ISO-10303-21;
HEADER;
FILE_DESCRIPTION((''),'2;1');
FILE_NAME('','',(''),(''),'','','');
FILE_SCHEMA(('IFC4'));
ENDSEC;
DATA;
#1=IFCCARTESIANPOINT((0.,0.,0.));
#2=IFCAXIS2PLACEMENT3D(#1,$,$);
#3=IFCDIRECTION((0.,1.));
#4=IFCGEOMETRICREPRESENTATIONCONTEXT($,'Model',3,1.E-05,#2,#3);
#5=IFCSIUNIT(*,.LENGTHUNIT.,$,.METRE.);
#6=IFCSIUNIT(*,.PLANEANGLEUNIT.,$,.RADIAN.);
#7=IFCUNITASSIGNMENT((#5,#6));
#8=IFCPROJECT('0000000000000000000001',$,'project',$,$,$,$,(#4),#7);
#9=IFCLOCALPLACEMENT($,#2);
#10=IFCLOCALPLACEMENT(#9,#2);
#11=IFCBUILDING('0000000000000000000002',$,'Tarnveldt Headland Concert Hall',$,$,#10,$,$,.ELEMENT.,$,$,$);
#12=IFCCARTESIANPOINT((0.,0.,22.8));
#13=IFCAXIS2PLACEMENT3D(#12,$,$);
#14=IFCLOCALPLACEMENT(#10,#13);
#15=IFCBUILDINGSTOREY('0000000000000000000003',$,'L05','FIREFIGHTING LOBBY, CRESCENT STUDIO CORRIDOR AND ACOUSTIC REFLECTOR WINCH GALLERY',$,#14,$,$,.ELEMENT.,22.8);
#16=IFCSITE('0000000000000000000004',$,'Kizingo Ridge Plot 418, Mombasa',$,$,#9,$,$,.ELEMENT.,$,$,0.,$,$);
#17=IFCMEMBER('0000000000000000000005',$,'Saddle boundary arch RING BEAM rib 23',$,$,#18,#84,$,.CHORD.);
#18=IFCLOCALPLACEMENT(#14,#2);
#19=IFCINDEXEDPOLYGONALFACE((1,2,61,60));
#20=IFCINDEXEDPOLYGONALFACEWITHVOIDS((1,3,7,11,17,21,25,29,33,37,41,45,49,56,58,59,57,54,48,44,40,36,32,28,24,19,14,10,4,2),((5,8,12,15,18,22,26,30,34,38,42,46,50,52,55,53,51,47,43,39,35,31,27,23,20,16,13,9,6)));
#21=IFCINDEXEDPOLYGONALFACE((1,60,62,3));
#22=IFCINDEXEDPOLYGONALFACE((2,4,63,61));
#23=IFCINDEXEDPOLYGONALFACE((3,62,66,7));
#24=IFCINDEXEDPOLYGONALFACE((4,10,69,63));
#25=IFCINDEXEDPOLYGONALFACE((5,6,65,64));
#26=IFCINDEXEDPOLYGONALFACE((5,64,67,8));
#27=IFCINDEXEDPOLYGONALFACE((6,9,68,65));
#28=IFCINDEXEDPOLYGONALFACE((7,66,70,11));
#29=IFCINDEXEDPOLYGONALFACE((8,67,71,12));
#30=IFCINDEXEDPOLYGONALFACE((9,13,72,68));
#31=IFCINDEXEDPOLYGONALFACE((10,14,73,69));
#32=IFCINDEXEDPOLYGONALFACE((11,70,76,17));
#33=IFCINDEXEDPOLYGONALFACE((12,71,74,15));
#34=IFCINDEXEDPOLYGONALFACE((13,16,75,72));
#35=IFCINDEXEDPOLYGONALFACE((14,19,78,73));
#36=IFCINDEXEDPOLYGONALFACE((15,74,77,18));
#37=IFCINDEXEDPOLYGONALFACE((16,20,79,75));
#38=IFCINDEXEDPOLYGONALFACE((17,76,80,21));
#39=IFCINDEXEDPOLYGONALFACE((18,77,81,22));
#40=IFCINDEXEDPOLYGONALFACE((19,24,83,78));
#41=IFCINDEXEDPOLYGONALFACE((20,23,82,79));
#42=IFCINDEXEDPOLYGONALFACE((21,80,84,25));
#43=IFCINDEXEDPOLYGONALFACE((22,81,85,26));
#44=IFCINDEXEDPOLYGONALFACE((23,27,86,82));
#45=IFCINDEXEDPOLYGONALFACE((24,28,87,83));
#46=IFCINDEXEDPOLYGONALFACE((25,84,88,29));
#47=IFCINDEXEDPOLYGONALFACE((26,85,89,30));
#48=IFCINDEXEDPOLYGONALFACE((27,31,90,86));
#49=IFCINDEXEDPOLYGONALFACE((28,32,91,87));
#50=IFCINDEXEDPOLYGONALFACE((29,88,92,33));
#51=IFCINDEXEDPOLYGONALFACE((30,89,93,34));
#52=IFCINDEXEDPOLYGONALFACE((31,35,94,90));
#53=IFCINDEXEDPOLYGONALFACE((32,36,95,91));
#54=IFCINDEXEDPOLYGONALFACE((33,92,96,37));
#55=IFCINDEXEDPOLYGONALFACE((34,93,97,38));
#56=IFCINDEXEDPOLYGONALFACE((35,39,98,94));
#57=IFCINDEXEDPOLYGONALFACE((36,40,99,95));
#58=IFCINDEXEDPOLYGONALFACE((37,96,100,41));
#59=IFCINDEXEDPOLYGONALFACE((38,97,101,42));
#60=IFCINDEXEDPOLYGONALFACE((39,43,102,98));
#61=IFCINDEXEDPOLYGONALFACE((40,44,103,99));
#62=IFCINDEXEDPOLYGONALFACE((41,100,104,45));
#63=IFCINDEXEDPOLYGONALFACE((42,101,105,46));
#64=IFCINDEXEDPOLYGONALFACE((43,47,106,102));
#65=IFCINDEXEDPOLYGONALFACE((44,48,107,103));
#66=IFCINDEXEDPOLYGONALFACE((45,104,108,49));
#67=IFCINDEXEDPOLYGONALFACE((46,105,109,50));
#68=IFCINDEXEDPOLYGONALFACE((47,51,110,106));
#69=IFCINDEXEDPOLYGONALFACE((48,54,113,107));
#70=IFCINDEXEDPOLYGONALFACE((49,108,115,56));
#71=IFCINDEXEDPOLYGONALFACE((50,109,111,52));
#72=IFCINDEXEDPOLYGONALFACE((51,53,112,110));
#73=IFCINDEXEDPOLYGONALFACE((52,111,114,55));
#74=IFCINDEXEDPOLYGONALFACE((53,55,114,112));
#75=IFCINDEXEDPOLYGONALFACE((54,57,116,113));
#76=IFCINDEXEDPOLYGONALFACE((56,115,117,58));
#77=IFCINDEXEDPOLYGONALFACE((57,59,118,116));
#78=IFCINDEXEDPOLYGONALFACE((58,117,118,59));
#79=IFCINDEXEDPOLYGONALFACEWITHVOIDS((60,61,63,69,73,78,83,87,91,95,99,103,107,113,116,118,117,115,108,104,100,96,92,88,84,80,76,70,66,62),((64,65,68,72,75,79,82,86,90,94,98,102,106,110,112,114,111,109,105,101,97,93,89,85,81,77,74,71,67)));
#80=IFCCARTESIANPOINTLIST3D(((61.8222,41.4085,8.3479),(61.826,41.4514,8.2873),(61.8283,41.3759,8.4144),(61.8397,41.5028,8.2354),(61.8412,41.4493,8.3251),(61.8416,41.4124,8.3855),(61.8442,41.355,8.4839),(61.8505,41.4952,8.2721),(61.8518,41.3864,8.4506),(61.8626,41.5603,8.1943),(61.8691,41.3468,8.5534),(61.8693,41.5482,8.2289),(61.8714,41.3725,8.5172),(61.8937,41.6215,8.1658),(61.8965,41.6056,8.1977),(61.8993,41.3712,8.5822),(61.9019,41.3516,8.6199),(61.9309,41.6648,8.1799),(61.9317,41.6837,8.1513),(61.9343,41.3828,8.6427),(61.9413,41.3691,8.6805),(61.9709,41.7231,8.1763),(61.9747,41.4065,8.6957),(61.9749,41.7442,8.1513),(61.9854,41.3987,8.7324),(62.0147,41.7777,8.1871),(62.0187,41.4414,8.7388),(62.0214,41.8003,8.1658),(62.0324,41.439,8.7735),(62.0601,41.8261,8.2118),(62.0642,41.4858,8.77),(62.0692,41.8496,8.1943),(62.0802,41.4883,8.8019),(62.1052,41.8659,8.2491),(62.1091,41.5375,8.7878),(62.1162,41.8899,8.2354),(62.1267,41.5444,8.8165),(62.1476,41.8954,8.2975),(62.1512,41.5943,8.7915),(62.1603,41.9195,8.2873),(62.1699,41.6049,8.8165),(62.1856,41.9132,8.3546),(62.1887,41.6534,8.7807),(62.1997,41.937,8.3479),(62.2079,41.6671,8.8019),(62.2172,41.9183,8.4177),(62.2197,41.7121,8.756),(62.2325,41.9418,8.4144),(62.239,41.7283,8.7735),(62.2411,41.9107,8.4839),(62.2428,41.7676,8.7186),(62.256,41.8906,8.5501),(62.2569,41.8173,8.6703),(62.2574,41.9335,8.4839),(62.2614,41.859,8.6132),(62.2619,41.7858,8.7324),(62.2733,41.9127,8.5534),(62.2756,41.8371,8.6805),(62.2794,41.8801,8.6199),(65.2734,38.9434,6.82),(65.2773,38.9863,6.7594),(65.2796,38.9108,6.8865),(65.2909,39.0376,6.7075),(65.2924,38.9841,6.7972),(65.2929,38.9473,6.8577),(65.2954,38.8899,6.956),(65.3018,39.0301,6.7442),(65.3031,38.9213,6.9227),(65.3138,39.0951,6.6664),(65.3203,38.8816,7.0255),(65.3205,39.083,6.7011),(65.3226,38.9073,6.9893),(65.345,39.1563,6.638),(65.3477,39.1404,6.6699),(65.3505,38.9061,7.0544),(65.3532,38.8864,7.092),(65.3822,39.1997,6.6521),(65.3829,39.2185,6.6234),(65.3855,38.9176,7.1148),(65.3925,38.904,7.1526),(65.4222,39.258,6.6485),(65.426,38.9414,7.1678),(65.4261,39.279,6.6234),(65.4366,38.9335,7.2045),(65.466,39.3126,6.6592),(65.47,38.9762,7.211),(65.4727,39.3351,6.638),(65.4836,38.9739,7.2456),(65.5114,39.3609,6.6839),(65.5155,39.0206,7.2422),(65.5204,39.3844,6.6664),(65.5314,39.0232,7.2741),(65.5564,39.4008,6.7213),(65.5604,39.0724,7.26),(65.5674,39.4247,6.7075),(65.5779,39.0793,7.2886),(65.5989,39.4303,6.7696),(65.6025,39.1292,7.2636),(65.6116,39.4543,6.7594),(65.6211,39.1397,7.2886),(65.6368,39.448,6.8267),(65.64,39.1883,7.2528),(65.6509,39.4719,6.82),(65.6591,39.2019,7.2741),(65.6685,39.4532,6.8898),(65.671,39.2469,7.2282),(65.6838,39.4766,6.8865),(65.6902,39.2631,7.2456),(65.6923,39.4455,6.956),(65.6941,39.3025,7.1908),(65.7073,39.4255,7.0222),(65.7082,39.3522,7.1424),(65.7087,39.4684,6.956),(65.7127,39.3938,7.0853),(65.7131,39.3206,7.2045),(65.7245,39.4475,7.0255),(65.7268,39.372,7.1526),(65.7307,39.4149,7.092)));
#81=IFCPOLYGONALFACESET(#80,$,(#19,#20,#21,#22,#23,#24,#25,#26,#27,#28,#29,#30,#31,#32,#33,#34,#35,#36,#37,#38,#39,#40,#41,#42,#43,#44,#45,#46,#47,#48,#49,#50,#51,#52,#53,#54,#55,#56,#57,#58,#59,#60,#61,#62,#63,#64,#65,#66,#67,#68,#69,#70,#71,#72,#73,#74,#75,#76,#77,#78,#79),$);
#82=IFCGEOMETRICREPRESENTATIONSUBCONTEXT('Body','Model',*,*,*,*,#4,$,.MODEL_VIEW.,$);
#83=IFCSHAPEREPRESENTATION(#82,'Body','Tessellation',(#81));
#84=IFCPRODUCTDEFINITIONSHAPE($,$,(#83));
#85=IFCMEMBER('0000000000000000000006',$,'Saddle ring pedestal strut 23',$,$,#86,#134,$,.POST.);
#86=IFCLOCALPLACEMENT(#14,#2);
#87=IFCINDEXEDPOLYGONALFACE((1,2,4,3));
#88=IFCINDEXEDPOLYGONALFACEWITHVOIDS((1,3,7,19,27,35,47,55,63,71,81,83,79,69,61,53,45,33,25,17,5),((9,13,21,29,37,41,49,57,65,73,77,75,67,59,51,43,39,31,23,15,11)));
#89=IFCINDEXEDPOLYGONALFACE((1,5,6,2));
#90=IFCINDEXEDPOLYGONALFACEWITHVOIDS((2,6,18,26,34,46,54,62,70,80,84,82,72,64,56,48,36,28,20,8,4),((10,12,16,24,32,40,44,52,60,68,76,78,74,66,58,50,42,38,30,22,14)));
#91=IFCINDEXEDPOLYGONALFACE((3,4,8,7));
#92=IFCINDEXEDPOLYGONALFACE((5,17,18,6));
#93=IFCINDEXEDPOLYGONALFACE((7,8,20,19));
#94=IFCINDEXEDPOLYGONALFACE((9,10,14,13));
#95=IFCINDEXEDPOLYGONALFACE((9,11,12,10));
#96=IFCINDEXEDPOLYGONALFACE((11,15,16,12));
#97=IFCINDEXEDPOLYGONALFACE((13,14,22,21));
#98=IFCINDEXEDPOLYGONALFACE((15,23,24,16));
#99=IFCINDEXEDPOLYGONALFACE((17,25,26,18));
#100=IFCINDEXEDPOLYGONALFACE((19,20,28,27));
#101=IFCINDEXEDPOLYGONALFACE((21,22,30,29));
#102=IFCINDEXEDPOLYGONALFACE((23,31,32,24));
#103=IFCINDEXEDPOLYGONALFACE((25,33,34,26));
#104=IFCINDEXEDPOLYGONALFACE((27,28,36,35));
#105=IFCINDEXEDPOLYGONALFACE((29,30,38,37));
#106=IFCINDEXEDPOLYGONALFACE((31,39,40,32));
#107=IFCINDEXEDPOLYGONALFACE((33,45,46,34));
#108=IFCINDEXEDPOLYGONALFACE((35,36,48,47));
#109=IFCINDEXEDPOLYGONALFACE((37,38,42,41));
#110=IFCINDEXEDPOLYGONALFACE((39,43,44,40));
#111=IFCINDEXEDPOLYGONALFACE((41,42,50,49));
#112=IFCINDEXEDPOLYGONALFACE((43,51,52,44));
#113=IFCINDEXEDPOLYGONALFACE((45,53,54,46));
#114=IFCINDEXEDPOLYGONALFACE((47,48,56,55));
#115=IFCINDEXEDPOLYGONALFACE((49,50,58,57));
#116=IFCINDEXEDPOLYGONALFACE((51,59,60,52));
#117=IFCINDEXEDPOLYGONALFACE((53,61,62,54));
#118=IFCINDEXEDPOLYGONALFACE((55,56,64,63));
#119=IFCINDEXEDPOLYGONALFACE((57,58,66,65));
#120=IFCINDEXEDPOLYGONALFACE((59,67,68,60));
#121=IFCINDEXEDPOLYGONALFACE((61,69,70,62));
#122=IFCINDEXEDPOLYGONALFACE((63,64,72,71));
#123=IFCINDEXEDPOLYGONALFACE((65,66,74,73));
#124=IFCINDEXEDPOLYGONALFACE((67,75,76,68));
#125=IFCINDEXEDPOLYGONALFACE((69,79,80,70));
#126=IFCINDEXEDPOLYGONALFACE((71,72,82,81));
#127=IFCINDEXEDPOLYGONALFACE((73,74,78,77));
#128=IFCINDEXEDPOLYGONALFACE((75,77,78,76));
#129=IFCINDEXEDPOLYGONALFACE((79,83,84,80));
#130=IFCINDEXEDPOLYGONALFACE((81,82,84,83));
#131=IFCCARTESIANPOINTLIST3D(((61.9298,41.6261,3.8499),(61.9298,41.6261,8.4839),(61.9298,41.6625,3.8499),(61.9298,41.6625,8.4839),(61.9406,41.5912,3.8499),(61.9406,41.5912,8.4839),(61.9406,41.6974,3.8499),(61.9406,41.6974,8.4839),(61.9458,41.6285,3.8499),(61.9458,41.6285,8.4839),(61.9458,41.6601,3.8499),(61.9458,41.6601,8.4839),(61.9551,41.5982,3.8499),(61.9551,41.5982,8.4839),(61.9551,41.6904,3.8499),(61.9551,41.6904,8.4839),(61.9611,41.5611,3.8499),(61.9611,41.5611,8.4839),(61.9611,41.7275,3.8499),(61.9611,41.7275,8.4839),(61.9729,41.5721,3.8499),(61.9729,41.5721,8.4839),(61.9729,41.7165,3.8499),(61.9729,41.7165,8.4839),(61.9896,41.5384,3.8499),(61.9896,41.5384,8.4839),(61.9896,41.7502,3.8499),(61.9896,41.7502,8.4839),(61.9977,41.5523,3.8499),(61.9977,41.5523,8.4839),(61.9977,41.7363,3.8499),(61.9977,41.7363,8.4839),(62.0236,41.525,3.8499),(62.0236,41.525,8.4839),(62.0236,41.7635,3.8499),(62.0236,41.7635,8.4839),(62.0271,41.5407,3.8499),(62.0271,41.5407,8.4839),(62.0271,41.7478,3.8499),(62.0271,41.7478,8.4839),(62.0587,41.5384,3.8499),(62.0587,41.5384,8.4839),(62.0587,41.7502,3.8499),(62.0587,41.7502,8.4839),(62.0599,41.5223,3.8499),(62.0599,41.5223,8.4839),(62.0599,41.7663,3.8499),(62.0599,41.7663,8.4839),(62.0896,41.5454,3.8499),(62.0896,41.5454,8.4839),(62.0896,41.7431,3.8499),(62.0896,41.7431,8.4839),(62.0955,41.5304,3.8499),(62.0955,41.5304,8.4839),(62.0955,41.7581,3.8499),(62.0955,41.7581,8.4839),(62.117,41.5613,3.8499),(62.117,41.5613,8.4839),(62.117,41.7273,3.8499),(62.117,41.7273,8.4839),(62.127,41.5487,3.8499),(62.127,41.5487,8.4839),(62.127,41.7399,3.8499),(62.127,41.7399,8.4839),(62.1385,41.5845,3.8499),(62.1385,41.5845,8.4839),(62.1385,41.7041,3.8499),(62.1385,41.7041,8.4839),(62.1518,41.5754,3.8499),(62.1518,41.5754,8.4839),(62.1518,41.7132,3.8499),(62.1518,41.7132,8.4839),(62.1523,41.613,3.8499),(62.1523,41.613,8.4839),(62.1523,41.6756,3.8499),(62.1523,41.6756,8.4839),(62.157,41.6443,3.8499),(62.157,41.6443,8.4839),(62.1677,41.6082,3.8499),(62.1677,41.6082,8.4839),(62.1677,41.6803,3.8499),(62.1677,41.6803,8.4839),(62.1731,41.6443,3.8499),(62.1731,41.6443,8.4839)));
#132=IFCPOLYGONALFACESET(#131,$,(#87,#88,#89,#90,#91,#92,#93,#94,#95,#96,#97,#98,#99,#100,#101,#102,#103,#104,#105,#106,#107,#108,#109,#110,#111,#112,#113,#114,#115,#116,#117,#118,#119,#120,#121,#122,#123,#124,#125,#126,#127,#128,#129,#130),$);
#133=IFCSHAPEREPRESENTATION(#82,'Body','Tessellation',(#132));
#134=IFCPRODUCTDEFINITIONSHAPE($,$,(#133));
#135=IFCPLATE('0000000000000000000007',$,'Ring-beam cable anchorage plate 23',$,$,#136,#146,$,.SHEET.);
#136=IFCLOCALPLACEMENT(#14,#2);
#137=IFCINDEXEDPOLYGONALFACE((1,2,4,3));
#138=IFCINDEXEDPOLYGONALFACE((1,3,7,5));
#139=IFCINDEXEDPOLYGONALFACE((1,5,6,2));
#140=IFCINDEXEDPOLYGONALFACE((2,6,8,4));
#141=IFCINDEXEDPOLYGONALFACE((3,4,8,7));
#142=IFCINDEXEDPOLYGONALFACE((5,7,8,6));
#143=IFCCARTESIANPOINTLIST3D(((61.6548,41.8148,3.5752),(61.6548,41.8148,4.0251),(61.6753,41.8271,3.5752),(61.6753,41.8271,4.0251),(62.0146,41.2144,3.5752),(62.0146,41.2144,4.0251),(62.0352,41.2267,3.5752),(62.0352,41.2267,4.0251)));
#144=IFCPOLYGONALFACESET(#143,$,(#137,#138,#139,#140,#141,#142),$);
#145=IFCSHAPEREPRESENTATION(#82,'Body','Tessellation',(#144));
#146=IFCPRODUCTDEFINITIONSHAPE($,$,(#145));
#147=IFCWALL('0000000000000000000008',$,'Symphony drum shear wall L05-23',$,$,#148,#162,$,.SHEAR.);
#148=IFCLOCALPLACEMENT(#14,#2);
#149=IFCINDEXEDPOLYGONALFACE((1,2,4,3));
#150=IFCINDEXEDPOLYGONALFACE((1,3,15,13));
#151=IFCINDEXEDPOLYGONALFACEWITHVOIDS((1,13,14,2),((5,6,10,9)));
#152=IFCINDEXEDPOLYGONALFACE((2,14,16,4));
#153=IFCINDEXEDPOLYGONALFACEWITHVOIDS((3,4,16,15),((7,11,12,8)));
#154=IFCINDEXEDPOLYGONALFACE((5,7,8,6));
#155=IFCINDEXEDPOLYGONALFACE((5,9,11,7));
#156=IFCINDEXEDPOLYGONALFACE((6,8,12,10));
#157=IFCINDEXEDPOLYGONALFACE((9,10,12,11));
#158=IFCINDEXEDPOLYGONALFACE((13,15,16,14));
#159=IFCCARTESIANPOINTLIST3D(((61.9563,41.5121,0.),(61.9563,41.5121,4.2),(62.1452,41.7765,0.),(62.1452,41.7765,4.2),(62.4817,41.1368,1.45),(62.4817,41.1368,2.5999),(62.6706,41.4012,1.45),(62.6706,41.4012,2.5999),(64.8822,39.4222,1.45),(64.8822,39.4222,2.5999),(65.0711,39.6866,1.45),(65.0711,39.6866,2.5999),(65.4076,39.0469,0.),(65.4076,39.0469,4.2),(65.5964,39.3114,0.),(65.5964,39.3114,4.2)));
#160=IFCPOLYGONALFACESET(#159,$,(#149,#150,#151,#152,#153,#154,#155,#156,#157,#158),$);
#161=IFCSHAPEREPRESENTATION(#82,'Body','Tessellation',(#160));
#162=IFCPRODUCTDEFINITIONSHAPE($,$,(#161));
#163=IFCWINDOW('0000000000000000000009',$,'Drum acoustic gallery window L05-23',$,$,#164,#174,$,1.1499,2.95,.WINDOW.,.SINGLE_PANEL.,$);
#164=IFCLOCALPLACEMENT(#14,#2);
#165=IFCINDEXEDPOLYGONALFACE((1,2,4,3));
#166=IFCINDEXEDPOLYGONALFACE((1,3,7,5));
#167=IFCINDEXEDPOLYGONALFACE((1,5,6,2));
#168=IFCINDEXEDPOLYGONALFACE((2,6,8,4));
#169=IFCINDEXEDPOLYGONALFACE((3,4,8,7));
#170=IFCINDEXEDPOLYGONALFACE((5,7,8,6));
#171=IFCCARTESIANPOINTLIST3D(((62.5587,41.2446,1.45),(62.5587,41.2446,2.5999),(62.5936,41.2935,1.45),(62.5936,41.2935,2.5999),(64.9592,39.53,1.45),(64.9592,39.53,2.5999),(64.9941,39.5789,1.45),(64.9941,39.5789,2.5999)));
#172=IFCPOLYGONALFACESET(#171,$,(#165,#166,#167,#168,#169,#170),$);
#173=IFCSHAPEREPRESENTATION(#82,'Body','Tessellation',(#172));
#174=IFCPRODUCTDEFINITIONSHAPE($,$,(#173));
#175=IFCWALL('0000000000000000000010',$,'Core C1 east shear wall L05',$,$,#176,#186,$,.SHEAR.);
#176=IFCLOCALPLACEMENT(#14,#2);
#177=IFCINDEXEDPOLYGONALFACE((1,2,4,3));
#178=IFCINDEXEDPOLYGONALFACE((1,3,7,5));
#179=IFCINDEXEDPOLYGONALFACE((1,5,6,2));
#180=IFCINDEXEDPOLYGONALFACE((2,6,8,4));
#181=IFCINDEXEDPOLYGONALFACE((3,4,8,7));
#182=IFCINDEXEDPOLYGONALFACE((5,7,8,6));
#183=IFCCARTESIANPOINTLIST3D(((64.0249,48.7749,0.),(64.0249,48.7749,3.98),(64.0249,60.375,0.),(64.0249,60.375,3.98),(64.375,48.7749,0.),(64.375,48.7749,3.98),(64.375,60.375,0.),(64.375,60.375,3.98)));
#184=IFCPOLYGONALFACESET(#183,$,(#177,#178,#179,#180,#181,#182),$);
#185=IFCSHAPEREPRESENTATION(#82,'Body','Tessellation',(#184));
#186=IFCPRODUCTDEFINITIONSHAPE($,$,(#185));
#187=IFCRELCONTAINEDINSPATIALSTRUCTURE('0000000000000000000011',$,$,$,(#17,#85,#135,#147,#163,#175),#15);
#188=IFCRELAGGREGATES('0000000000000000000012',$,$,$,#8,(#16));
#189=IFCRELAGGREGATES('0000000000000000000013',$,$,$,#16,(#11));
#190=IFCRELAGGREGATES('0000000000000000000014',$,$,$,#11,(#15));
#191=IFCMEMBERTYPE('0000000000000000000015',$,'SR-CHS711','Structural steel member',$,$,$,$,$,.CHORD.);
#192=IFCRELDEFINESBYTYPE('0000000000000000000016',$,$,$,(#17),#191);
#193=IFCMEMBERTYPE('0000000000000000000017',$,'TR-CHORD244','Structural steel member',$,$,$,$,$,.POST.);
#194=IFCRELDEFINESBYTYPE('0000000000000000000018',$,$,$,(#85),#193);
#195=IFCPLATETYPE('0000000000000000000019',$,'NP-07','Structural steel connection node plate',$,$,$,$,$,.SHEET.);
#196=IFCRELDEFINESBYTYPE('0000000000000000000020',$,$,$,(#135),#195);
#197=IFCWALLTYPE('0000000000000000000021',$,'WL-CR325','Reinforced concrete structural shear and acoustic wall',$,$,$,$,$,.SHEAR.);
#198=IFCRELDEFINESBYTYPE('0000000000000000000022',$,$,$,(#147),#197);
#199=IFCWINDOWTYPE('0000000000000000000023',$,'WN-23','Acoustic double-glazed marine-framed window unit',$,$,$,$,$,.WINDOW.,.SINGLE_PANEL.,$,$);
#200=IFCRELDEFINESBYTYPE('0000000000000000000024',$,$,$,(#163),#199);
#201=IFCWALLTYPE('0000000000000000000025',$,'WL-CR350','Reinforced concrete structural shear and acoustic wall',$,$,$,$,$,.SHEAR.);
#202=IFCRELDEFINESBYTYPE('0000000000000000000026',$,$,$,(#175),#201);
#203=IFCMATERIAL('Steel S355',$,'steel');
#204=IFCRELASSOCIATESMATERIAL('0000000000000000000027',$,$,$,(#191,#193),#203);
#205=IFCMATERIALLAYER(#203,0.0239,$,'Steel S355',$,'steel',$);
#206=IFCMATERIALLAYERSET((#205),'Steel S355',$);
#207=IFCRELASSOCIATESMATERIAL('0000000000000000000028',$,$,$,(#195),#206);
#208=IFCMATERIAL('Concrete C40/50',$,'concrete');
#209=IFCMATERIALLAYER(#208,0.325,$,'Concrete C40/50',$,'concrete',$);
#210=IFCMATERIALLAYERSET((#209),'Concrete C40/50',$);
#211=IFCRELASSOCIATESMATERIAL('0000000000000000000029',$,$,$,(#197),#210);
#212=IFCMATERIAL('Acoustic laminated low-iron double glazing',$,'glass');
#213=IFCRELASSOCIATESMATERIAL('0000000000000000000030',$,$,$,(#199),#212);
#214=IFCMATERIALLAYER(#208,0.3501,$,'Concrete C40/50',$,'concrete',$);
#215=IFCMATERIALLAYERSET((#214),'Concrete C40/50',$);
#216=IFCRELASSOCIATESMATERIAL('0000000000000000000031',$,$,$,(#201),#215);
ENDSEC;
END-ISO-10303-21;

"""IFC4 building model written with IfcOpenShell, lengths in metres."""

from ifc_helpers import new_model, si_unit, direction, frame, frame_2d, origin, origin_2d, place, context, subcontext, project, spatial, rectangle, hollow_circle, extrude, material, layer, layer_set, material_profile, profile_set, type_object, element, fill, save


model = new_model("IFC4")

# Units and contexts
model_context = context("Model", 3, precision=1e-05, world=origin(), true_north=direction((0.0, 1.0)))
body_context = subcontext(model_context, "Body", "Model", "MODEL_VIEW")
ifc_project = project(units=[si_unit("LENGTHUNIT", "METRE"), si_unit("PLANEANGLEUNIT", "RADIAN")], contexts=[model_context])

# Site, building, storey
site_placement = place(None, origin())
site = spatial("IfcSite", under=ifc_project, at=site_placement, Name="Kizingo Ridge Plot 418, Mombasa", CompositionType="ELEMENT", RefElevation=0.0)
building_placement = place(site_placement, origin())
building = spatial("IfcBuilding", under=site, at=building_placement, Name="Tarnveldt Headland Concert Hall", CompositionType="ELEMENT")
storey_placement = place(building_placement, frame((0.0, 0.0, 22.8)))
storey = spatial("IfcBuildingStorey", under=building, at=storey_placement, Name="L05", Description="FIREFIGHTING LOBBY, CRESCENT STUDIO CORRIDOR AND ACOUSTIC REFLECTOR WINCH GALLERY", CompositionType="ELEMENT", Elevation=22.8)

# Shared definitions
ifc_material_1 = material(Name="Concrete C40/50", Category="concrete")

# Shared definitions
ifc_material_2 = material(Name="Steel S355", Category="steel")

# Members
ifc_material_profile_1 = material_profile(ifc_material_2, hollow_circle(Radius=0.3555, WallThickness=0.0281, at=origin_2d()), Name="CHS 711x28", Category="steel")
ifc_profile_set_1 = profile_set([ifc_material_profile_1], Name="Steel S355")
member_type_1 = type_object("IfcMemberType", Name="SR-CHS711", Description="Structural steel member", PredefinedType="CHORD", material=ifc_profile_set_1)
member_1_placement = place(storey_placement, frame((62.0508, 41.6443, 8.4839), z_axis=(0.765576, -0.546833, -0.33892), x_axis=(0.581233, 0.813737, 0.0)))
element("IfcMember", 1, at=member_1_placement, inside=storey, type_object=member_type_1, Name="Saddle boundary arch RING BEAM rib 23", PredefinedType="CHORD", context=body_context, shape_type="SweptSolid", body=[
    extrude(hollow_circle(Radius=0.3555, WallThickness=0.0281, at=origin_2d()), origin(), (0.0, 0.0, 1.0), 4.5081),
])
ifc_material_profile_2 = material_profile(ifc_material_2, hollow_circle(Radius=0.1223, WallThickness=0.0161, at=origin_2d()), Name="CHS 244.5x16", Category="steel")
ifc_profile_set_2 = profile_set([ifc_material_profile_2], Name="Steel S355")
member_type_2 = type_object("IfcMemberType", Name="TR-CHORD244", Description="Structural steel member", PredefinedType="POST", material=ifc_profile_set_2)
member_2_placement = place(storey_placement, frame((62.0508, 41.6443, 3.8499), z_axis=(0.0, 0.0, 1.0), x_axis=(1.0, 0.0, 0.0)))
element("IfcMember", 2, at=member_2_placement, inside=storey, type_object=member_type_2, Name="Saddle ring pedestal strut 23", PredefinedType="POST", context=body_context, shape_type="SweptSolid", body=[
    extrude(hollow_circle(Radius=0.1223, WallThickness=0.0161, at=origin_2d()), origin(), (0.0, 0.0, 1.0), 4.634),
])

# Plate
ifc_layer_1 = layer(ifc_material_2, 0.0239, Name="Steel S355", Category="steel")
ifc_layer_set_1 = layer_set([ifc_layer_1], Name="Steel S355")
plate_type = type_object("IfcPlateType", Name="NP-07", Description="Structural steel connection node plate", PredefinedType="SHEET", material=ifc_layer_set_1)
plate_placement = place(storey_placement, frame((61.845, 41.5208, 3.5752), z_axis=(0.0, 0.0, 1.0), x_axis=(0.51414, -0.857706, 0.0)))
element("IfcPlate", 3, at=plate_placement, inside=storey, type_object=plate_type, Name="Ring-beam cable anchorage plate 23", PredefinedType="SHEET", context=body_context, shape_type="SweptSolid", body=[
    extrude(rectangle(XDim=0.7, YDim=0.0239, at=origin_2d()), origin(), (0.0, 0.0, 1.0), 0.45),
])

# Wall, opening, window
ifc_layer_2 = layer(ifc_material_1, 0.325, Name="Concrete C40/50", Category="concrete")
ifc_layer_set_2 = layer_set([ifc_layer_2], Name="Concrete C40/50")
wall_type_1 = type_object("IfcWallType", Name="WL-CR325", Description="Reinforced concrete structural shear and acoustic wall", PredefinedType="SHEAR", material=ifc_layer_set_2)
wall_1_placement = place(storey_placement, frame((62.0508, 41.6443, 0.0), z_axis=(0.0, 0.0, 1.0), x_axis=(0.813737, -0.581233, 0.0)))
wall_1 = element("IfcWall", 4, at=wall_1_placement, inside=storey, type_object=wall_type_1, Name="Symphony drum shear wall L05-23", PredefinedType="SHEAR", context=body_context, shape_type="SweptSolid", body=[
    extrude(rectangle(XDim=4.2412, YDim=0.325, at=frame_2d((2.1206, 0.0))), origin(), (0.0, 0.0, 1.0), 4.2),
])
opening_1_placement = place(wall_1_placement, frame((0.6455, 0.0, 1.45)))
opening_1 = element("IfcOpeningElement", 5, at=opening_1_placement, cuts=wall_1, PredefinedType="OPENING", context=body_context, shape_type="SweptSolid", body=[
    extrude(rectangle(XDim=2.95, YDim=1.1499, at=frame_2d((1.4751, 0.575))), frame((0.0, 0.1724, 0.0), z_axis=(0.0, -1.0, 0.0), x_axis=(1.0, 0.0, 0.0)), (0.0, 0.0, 1.0), 0.345),
])
ifc_material_3 = material(Name="Acoustic laminated low-iron double glazing", Category="glass")
window_type = type_object("IfcWindowType", Name="WN-23", Description="Acoustic double-glazed marine-framed window unit", PartitioningType="SINGLE_PANEL", PredefinedType="WINDOW", material=ifc_material_3)
window_placement = place(opening_1_placement, origin())
window = element("IfcWindow", 6, at=window_placement, inside=storey, type_object=window_type, Name="Drum acoustic gallery window L05-23", OverallHeight=1.1499, OverallWidth=2.95, PartitioningType="SINGLE_PANEL", PredefinedType="WINDOW", context=body_context, shape_type="SweptSolid", body=[
    extrude(rectangle(XDim=2.95, YDim=1.1499, at=frame_2d((1.4751, 0.575))), frame((0.0, 0.03, 0.0), z_axis=(0.0, -1.0, 0.0), x_axis=(1.0, 0.0, 0.0)), (0.0, 0.0, 1.0), 0.0601),
])
fill(opening_1, window)

# Wall
ifc_layer_3 = layer(ifc_material_1, 0.3501, Name="Concrete C40/50", Category="concrete")
ifc_layer_set_3 = layer_set([ifc_layer_3], Name="Concrete C40/50")
wall_type_2 = type_object("IfcWallType", Name="WL-CR350", Description="Reinforced concrete structural shear and acoustic wall", PredefinedType="SHEAR", material=ifc_layer_set_3)
wall_2_placement = place(storey_placement, frame((64.2, 48.7749, 0.0), z_axis=(0.0, 0.0, 1.0), x_axis=(0.0, 1.0, 0.0)))
element("IfcWall", 7, at=wall_2_placement, inside=storey, type_object=wall_type_2, Name="Core C1 east shear wall L05", PredefinedType="SHEAR", context=body_context, shape_type="SweptSolid", body=[
    extrude(rectangle(XDim=11.6001, YDim=0.3501, at=frame_2d((5.8, 0.0))), origin(), (0.0, 0.0, 1.0), 3.98),
])

save(model, "model.ifc")
